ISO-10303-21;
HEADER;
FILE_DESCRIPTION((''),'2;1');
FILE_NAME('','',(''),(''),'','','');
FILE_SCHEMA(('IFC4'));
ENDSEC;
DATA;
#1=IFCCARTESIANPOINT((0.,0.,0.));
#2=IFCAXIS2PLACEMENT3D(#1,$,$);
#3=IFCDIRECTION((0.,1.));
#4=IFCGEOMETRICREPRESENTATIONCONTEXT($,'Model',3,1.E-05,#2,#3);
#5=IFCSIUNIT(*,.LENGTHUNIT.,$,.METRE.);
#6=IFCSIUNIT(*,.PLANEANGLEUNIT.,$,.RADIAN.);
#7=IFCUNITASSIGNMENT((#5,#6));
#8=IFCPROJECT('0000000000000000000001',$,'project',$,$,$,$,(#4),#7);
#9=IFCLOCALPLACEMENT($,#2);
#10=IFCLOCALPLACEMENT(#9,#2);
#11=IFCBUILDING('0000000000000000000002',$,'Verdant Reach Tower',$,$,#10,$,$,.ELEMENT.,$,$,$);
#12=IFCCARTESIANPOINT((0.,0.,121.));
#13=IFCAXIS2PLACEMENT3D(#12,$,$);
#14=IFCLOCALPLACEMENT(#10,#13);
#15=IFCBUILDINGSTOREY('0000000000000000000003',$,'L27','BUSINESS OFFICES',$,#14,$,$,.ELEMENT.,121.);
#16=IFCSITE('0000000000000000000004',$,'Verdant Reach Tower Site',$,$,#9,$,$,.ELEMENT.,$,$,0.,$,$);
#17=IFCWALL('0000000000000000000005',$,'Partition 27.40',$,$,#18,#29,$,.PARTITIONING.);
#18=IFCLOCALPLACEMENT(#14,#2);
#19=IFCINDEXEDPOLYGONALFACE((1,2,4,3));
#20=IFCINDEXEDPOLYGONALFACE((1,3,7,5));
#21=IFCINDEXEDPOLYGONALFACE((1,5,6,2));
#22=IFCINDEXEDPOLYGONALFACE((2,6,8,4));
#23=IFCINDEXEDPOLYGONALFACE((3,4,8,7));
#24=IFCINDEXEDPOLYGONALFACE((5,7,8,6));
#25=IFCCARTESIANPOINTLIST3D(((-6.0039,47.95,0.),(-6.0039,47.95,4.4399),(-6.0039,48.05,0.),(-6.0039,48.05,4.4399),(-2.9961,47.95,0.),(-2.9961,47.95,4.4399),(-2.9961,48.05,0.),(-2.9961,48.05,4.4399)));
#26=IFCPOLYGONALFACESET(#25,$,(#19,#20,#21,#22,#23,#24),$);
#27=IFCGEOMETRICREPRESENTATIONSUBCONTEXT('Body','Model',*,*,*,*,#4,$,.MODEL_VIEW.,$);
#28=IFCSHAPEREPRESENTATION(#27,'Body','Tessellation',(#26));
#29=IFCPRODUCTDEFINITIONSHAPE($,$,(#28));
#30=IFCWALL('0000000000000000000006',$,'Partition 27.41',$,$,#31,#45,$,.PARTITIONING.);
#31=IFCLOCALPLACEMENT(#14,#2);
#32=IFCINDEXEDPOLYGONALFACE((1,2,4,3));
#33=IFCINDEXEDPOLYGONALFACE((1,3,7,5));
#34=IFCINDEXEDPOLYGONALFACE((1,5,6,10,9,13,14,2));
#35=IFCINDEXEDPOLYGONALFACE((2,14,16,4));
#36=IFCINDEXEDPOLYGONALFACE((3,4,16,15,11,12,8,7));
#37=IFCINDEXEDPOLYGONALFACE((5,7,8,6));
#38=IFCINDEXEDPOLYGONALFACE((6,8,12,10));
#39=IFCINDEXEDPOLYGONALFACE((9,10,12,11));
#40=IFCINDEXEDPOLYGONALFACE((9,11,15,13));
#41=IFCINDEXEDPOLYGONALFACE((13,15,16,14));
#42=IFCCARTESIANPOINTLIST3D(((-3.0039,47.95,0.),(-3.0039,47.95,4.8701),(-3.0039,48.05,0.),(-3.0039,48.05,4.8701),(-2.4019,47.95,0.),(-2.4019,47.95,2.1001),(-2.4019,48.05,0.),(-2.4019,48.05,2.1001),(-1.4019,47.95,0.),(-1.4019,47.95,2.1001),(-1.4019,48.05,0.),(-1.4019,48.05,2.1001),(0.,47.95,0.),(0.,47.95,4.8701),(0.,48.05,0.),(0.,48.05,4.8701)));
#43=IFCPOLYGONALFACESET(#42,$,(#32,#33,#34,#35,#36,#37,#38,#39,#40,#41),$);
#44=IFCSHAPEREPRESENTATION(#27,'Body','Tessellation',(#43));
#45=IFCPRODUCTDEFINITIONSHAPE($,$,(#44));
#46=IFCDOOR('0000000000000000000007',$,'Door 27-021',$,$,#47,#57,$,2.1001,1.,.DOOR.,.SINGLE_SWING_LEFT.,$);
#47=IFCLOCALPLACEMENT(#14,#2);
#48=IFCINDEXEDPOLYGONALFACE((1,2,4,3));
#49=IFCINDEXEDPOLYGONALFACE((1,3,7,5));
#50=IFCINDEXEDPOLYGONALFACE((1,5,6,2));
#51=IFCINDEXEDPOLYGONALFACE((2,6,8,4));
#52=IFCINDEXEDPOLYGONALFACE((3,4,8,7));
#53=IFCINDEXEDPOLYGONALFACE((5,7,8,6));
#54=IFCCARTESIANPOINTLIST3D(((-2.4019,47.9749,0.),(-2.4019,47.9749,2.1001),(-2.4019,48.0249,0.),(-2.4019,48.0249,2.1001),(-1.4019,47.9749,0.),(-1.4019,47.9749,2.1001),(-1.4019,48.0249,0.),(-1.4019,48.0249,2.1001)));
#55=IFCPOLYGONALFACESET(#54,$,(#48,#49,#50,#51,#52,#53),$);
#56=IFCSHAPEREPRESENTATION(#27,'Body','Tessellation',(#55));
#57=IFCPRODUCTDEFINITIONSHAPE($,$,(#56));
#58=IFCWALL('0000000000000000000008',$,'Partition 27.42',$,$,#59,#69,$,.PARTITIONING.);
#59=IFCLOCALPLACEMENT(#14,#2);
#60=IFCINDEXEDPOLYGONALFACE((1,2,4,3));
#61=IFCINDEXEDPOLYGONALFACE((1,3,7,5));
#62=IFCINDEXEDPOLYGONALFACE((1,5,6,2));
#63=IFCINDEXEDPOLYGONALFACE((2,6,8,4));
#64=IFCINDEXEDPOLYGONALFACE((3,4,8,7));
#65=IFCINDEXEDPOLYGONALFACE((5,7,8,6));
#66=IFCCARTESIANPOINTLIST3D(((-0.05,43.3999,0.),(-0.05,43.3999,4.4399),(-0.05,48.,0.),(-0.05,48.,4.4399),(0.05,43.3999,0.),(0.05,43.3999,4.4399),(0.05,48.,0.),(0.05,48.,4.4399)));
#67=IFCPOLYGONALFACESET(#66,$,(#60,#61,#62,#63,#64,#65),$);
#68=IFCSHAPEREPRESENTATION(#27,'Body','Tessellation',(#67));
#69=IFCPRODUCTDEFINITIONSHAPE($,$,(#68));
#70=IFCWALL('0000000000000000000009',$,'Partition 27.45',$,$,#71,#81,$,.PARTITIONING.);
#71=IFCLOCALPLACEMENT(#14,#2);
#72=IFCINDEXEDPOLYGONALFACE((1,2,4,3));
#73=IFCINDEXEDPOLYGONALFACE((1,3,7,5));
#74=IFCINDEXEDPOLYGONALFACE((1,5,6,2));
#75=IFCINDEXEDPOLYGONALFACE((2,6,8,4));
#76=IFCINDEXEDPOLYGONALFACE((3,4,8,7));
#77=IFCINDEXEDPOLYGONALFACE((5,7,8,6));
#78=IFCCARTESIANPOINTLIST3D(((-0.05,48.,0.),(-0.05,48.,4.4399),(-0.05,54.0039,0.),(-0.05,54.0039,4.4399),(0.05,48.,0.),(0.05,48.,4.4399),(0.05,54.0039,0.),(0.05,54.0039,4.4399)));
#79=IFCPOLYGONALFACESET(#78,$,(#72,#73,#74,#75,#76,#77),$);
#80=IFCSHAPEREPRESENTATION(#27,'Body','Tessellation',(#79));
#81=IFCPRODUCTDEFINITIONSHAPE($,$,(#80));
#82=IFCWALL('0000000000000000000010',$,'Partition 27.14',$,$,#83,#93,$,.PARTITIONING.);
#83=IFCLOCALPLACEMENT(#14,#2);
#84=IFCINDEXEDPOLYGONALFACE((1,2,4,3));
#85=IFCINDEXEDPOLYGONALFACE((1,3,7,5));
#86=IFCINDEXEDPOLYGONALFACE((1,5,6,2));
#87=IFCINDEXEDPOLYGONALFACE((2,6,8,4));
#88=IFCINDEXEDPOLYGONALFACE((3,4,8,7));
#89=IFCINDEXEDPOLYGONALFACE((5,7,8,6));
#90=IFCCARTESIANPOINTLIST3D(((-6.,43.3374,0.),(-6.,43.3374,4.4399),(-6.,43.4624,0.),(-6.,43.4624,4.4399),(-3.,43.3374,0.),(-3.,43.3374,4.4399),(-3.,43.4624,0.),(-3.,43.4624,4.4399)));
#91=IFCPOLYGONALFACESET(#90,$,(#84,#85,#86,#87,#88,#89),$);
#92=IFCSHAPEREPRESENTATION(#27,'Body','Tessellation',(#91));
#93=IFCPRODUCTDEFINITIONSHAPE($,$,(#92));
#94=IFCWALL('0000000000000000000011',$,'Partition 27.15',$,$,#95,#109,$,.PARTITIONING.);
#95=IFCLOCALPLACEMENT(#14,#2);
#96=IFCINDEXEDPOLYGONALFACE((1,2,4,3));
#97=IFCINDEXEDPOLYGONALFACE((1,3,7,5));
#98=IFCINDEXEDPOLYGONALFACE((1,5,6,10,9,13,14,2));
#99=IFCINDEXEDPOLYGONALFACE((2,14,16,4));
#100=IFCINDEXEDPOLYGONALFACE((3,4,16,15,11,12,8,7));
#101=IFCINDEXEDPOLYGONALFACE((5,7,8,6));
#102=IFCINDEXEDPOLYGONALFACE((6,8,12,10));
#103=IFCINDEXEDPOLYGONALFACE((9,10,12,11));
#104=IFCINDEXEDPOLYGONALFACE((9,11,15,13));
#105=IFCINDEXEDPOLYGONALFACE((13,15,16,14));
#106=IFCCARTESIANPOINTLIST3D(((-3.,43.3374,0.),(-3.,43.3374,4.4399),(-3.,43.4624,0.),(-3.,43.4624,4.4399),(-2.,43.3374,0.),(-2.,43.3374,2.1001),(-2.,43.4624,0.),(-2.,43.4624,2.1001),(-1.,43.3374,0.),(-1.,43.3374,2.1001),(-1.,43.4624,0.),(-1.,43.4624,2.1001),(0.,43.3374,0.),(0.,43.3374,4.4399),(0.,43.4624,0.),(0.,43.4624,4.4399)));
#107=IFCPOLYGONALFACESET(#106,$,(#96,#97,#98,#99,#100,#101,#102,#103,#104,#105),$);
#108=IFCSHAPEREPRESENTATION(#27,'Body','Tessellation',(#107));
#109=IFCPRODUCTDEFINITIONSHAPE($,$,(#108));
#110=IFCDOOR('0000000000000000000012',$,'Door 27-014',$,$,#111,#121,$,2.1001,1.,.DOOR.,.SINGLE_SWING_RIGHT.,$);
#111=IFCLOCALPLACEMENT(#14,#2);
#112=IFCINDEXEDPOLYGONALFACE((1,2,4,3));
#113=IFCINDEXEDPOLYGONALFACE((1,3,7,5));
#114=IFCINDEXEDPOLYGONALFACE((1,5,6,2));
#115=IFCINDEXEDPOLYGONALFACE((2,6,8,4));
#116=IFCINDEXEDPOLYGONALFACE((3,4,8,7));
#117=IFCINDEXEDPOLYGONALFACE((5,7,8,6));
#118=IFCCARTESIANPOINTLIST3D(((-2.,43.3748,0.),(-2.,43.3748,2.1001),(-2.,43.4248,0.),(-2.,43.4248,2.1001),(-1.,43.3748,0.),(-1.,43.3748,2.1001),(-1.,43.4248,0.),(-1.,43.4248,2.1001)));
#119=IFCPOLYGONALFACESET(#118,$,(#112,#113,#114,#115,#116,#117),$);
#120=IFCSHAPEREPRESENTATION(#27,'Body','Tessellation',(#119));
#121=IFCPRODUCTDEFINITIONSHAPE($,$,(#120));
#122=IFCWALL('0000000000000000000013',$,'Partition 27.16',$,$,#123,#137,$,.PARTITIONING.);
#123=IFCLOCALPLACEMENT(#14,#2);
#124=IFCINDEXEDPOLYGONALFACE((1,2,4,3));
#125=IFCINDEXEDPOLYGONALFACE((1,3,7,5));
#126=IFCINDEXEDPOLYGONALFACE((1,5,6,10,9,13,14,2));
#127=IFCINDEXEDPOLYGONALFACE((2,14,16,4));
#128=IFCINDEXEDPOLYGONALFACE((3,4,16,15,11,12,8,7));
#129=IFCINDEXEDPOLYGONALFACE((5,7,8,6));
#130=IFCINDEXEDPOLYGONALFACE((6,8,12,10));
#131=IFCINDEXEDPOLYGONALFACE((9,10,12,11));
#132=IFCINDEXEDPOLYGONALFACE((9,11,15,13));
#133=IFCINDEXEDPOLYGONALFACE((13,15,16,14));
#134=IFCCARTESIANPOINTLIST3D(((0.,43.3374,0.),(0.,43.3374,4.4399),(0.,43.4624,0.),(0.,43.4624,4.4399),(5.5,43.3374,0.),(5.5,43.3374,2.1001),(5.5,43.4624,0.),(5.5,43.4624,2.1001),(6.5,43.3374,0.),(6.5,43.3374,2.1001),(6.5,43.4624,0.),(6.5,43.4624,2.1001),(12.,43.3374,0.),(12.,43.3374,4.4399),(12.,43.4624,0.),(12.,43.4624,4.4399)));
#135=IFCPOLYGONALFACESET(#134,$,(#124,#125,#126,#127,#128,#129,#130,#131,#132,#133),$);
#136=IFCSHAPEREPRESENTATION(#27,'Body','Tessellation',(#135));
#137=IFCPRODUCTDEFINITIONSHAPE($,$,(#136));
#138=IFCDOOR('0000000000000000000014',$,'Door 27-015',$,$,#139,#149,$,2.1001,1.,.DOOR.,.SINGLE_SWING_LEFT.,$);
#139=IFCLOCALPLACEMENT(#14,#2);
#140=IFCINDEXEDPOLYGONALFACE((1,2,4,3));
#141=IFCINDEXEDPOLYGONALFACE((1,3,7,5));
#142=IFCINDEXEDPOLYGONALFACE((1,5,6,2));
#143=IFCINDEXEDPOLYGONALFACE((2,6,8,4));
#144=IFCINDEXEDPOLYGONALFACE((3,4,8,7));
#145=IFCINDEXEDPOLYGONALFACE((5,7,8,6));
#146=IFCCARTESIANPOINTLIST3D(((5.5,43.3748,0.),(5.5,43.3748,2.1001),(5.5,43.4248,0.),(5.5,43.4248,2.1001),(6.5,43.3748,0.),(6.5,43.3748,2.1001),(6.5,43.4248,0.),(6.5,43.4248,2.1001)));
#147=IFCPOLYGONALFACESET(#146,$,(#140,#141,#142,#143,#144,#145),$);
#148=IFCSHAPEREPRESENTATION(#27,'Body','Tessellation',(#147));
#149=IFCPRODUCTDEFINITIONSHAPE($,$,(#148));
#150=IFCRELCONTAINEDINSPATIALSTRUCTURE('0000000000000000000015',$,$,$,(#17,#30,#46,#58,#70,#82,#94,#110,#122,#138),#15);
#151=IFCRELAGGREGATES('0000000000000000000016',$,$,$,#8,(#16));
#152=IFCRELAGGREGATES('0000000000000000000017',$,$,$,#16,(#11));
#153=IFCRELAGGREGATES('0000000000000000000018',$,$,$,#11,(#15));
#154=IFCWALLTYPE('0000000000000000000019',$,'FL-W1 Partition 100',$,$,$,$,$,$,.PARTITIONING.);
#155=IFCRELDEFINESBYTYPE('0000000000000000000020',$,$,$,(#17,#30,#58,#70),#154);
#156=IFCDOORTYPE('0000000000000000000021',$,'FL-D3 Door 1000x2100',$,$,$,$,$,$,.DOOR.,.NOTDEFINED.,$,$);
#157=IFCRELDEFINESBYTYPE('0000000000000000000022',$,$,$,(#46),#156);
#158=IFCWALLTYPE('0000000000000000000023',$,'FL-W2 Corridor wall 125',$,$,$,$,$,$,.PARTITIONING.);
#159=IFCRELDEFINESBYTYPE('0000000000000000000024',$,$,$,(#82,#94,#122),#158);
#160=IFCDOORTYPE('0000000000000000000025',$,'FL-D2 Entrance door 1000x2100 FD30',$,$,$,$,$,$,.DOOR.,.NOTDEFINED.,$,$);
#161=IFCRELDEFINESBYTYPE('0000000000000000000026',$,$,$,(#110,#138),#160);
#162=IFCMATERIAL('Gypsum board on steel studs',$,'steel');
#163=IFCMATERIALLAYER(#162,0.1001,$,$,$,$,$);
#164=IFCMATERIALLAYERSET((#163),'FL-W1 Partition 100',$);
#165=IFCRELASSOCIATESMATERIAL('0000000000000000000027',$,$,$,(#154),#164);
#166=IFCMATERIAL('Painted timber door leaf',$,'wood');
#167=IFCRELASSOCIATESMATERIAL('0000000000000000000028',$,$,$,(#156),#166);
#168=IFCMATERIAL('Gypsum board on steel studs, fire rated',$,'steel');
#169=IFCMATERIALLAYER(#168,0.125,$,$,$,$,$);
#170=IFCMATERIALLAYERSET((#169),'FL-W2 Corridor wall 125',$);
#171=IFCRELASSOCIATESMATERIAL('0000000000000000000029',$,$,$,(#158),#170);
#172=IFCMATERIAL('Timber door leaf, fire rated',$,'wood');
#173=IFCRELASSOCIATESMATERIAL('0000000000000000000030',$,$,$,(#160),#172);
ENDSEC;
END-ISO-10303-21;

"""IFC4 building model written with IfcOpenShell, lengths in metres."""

from ifc_helpers import new_model, si_unit, direction, frame, frame_2d, origin, place, context, subcontext, project, spatial, rectangle, extrude, material, layer, layer_set, type_object, element, fill, save


model = new_model("IFC4")

# Units and contexts
model_context = context("Model", 3, precision=1e-05, world=origin(), true_north=direction((0.0, 1.0)))
body_context = subcontext(model_context, "Body", "Model", "MODEL_VIEW")
ifc_project = project(units=[si_unit("LENGTHUNIT", "METRE"), si_unit("PLANEANGLEUNIT", "RADIAN")], contexts=[model_context])

# Site, building, storey
site_placement = place(None, origin())
site = spatial("IfcSite", under=ifc_project, at=site_placement, Name="Verdant Reach Tower Site", CompositionType="ELEMENT", RefElevation=0.0)
building_placement = place(site_placement, origin())
building = spatial("IfcBuilding", under=site, at=building_placement, Name="Verdant Reach Tower", CompositionType="ELEMENT")
storey_placement = place(building_placement, frame((0.0, 0.0, 121.0)))
storey = spatial("IfcBuildingStorey", under=building, at=storey_placement, Name="L27", Description="BUSINESS OFFICES", CompositionType="ELEMENT", Elevation=121.0)

# Shared definitions
ifc_material_1 = material(Name="Gypsum board on steel studs", Category="steel")
ifc_layer_1 = layer(ifc_material_1, 0.1001)
ifc_layer_set_1 = layer_set([ifc_layer_1], Name="FL-W1 Partition 100")
wall_type_1 = type_object("IfcWallType", Name="FL-W1 Partition 100", PredefinedType="PARTITIONING", material=ifc_layer_set_1)

# Shared definitions
ifc_material_2 = material(Name="Painted timber door leaf", Category="wood")
door_type_1 = type_object("IfcDoorType", Name="FL-D3 Door 1000x2100", OperationType="NOTDEFINED", PredefinedType="DOOR", material=ifc_material_2)

# Wall
wall_1_placement = place(storey_placement, frame((-2.9961, 48.0, 0.0), z_axis=(0.0, 0.0, 1.0), x_axis=(-1.0, 0.0, 0.0)))
element("IfcWall", 1, at=wall_1_placement, inside=storey, type_object=wall_type_1, Name="Partition 27.40", PredefinedType="PARTITIONING", context=body_context, shape_type="SweptSolid", body=[
    extrude(rectangle(XDim=3.0078, YDim=0.1001, at=frame_2d((1.5039, 0.0))), origin(), (0.0, 0.0, 1.0), 4.4399),
])

# Wall, opening, door
wall_2_placement = place(storey_placement, frame((-3.0039, 48.0, 0.0), z_axis=(0.0, 0.0, 1.0), x_axis=(1.0, 0.0, 0.0)))
wall_2 = element("IfcWall", 2, at=wall_2_placement, inside=storey, type_object=wall_type_1, Name="Partition 27.41", PredefinedType="PARTITIONING", context=body_context, shape_type="SweptSolid", body=[
    extrude(rectangle(XDim=3.0039, YDim=0.1001, at=frame_2d((1.502, 0.0))), origin(), (0.0, 0.0, 1.0), 4.8701),
])
opening_1_placement = place(wall_2_placement, frame((0.6021, 0.0, 0.0)))
opening_1 = element("IfcOpeningElement", 3, at=opening_1_placement, cuts=wall_2, PredefinedType="OPENING", context=body_context, shape_type="SweptSolid", body=[
    extrude(rectangle(XDim=1.0, YDim=2.1001, at=frame_2d((0.5, 1.05))), frame((0.0, 0.0601, 0.0), z_axis=(0.0, -1.0, 0.0), x_axis=(1.0, 0.0, 0.0)), (0.0, 0.0, 1.0), 0.1201),
])
door_1_placement = place(opening_1_placement, origin())
door_1 = element("IfcDoor", 4, at=door_1_placement, inside=storey, type_object=door_type_1, Name="Door 27-021", OperationType="SINGLE_SWING_LEFT", OverallHeight=2.1001, OverallWidth=1.0, PredefinedType="DOOR", context=body_context, shape_type="SweptSolid", body=[
    extrude(rectangle(XDim=1.0, YDim=2.1001, at=frame_2d((0.5, 1.05))), frame((0.0, 0.0249, 0.0), z_axis=(0.0, -1.0, 0.0), x_axis=(1.0, 0.0, 0.0)), (0.0, 0.0, 1.0), 0.05),
])
fill(opening_1, door_1)

# Walls
wall_3_placement = place(storey_placement, frame((0.0, 43.3999, 0.0), z_axis=(0.0, 0.0, 1.0), x_axis=(0.0, 1.0, 0.0)))
element("IfcWall", 5, at=wall_3_placement, inside=storey, type_object=wall_type_1, Name="Partition 27.42", PredefinedType="PARTITIONING", context=body_context, shape_type="SweptSolid", body=[
    extrude(rectangle(XDim=4.6001, YDim=0.1001, at=frame_2d((2.3, 0.0))), origin(), (0.0, 0.0, 1.0), 4.4399),
])
wall_4_placement = place(storey_placement, frame((0.0, 48.0, 0.0), z_axis=(0.0, 0.0, 1.0), x_axis=(0.0, 1.0, 0.0)))
element("IfcWall", 6, at=wall_4_placement, inside=storey, type_object=wall_type_1, Name="Partition 27.45", PredefinedType="PARTITIONING", context=body_context, shape_type="SweptSolid", body=[
    extrude(rectangle(XDim=6.0039, YDim=0.1001, at=frame_2d((3.002, 0.0))), origin(), (0.0, 0.0, 1.0), 4.4399),
])
ifc_material_3 = material(Name="Gypsum board on steel studs, fire rated", Category="steel")
ifc_layer_2 = layer(ifc_material_3, 0.125)
ifc_layer_set_2 = layer_set([ifc_layer_2], Name="FL-W2 Corridor wall 125")
wall_type_2 = type_object("IfcWallType", Name="FL-W2 Corridor wall 125", PredefinedType="PARTITIONING", material=ifc_layer_set_2)
wall_5_placement = place(storey_placement, frame((-3.0, 43.3999, 0.0), z_axis=(0.0, 0.0, 1.0), x_axis=(-1.0, 0.0, 0.0)))
element("IfcWall", 7, at=wall_5_placement, inside=storey, type_object=wall_type_2, Name="Partition 27.14", PredefinedType="PARTITIONING", context=body_context, shape_type="SweptSolid", body=[
    extrude(rectangle(XDim=3.0, YDim=0.125, at=frame_2d((1.5, 0.0))), origin(), (0.0, 0.0, 1.0), 4.4399),
])

# Walls, openings, doors
wall_6_placement = place(storey_placement, frame((-3.0, 43.3999, 0.0), z_axis=(0.0, 0.0, 1.0), x_axis=(1.0, 0.0, 0.0)))
wall_6 = element("IfcWall", 8, at=wall_6_placement, inside=storey, type_object=wall_type_2, Name="Partition 27.15", PredefinedType="PARTITIONING", context=body_context, shape_type="SweptSolid", body=[
    extrude(rectangle(XDim=3.0, YDim=0.125, at=frame_2d((1.5, 0.0))), origin(), (0.0, 0.0, 1.0), 4.4399),
])
opening_2_placement = place(wall_6_placement, frame((1.0, 0.0, 0.0)))
opening_2 = element("IfcOpeningElement", 9, at=opening_2_placement, cuts=wall_6, PredefinedType="OPENING", context=body_context, shape_type="SweptSolid", body=[
    extrude(rectangle(XDim=1.0, YDim=2.1001, at=frame_2d((0.5, 1.05))), frame((0.0, 0.0725, 0.0), z_axis=(0.0, -1.0, 0.0), x_axis=(1.0, 0.0, 0.0)), (0.0, 0.0, 1.0), 0.145),
])
ifc_material_4 = material(Name="Timber door leaf, fire rated", Category="wood")
door_type_2 = type_object("IfcDoorType", Name="FL-D2 Entrance door 1000x2100 FD30", OperationType="NOTDEFINED", PredefinedType="DOOR", material=ifc_material_4)
door_2_placement = place(opening_2_placement, origin())
door_2 = element("IfcDoor", 10, at=door_2_placement, inside=storey, type_object=door_type_2, Name="Door 27-014", OperationType="SINGLE_SWING_RIGHT", OverallHeight=2.1001, OverallWidth=1.0, PredefinedType="DOOR", context=body_context, shape_type="SweptSolid", body=[
    extrude(rectangle(XDim=1.0, YDim=2.1001, at=frame_2d((0.5, 1.05))), frame((0.0, 0.0249, 0.0), z_axis=(0.0, -1.0, 0.0), x_axis=(1.0, 0.0, 0.0)), (0.0, 0.0, 1.0), 0.05),
])
fill(opening_2, door_2)
wall_7_placement = place(storey_placement, frame((0.0, 43.3999, 0.0), z_axis=(0.0, 0.0, 1.0), x_axis=(1.0, 0.0, 0.0)))
wall_7 = element("IfcWall", 11, at=wall_7_placement, inside=storey, type_object=wall_type_2, Name="Partition 27.16", PredefinedType="PARTITIONING", context=body_context, shape_type="SweptSolid", body=[
    extrude(rectangle(XDim=12.0, YDim=0.125, at=frame_2d((6.0, 0.0))), origin(), (0.0, 0.0, 1.0), 4.4399),
])
opening_3_placement = place(wall_7_placement, frame((5.5, 0.0, 0.0)))
opening_3 = element("IfcOpeningElement", 12, at=opening_3_placement, cuts=wall_7, PredefinedType="OPENING", context=body_context, shape_type="SweptSolid", body=[
    extrude(rectangle(XDim=1.0, YDim=2.1001, at=frame_2d((0.5, 1.05))), frame((0.0, 0.0725, 0.0), z_axis=(0.0, -1.0, 0.0), x_axis=(1.0, 0.0, 0.0)), (0.0, 0.0, 1.0), 0.145),
])
door_3_placement = place(opening_3_placement, origin())
door_3 = element("IfcDoor", 13, at=door_3_placement, inside=storey, type_object=door_type_2, Name="Door 27-015", OperationType="SINGLE_SWING_LEFT", OverallHeight=2.1001, OverallWidth=1.0, PredefinedType="DOOR", context=body_context, shape_type="SweptSolid", body=[
    extrude(rectangle(XDim=1.0, YDim=2.1001, at=frame_2d((0.5, 1.05))), frame((0.0, 0.0249, 0.0), z_axis=(0.0, -1.0, 0.0), x_axis=(1.0, 0.0, 0.0)), (0.0, 0.0, 1.0), 0.05),
])
fill(opening_3, door_3)

save(model, "model.ifc")
